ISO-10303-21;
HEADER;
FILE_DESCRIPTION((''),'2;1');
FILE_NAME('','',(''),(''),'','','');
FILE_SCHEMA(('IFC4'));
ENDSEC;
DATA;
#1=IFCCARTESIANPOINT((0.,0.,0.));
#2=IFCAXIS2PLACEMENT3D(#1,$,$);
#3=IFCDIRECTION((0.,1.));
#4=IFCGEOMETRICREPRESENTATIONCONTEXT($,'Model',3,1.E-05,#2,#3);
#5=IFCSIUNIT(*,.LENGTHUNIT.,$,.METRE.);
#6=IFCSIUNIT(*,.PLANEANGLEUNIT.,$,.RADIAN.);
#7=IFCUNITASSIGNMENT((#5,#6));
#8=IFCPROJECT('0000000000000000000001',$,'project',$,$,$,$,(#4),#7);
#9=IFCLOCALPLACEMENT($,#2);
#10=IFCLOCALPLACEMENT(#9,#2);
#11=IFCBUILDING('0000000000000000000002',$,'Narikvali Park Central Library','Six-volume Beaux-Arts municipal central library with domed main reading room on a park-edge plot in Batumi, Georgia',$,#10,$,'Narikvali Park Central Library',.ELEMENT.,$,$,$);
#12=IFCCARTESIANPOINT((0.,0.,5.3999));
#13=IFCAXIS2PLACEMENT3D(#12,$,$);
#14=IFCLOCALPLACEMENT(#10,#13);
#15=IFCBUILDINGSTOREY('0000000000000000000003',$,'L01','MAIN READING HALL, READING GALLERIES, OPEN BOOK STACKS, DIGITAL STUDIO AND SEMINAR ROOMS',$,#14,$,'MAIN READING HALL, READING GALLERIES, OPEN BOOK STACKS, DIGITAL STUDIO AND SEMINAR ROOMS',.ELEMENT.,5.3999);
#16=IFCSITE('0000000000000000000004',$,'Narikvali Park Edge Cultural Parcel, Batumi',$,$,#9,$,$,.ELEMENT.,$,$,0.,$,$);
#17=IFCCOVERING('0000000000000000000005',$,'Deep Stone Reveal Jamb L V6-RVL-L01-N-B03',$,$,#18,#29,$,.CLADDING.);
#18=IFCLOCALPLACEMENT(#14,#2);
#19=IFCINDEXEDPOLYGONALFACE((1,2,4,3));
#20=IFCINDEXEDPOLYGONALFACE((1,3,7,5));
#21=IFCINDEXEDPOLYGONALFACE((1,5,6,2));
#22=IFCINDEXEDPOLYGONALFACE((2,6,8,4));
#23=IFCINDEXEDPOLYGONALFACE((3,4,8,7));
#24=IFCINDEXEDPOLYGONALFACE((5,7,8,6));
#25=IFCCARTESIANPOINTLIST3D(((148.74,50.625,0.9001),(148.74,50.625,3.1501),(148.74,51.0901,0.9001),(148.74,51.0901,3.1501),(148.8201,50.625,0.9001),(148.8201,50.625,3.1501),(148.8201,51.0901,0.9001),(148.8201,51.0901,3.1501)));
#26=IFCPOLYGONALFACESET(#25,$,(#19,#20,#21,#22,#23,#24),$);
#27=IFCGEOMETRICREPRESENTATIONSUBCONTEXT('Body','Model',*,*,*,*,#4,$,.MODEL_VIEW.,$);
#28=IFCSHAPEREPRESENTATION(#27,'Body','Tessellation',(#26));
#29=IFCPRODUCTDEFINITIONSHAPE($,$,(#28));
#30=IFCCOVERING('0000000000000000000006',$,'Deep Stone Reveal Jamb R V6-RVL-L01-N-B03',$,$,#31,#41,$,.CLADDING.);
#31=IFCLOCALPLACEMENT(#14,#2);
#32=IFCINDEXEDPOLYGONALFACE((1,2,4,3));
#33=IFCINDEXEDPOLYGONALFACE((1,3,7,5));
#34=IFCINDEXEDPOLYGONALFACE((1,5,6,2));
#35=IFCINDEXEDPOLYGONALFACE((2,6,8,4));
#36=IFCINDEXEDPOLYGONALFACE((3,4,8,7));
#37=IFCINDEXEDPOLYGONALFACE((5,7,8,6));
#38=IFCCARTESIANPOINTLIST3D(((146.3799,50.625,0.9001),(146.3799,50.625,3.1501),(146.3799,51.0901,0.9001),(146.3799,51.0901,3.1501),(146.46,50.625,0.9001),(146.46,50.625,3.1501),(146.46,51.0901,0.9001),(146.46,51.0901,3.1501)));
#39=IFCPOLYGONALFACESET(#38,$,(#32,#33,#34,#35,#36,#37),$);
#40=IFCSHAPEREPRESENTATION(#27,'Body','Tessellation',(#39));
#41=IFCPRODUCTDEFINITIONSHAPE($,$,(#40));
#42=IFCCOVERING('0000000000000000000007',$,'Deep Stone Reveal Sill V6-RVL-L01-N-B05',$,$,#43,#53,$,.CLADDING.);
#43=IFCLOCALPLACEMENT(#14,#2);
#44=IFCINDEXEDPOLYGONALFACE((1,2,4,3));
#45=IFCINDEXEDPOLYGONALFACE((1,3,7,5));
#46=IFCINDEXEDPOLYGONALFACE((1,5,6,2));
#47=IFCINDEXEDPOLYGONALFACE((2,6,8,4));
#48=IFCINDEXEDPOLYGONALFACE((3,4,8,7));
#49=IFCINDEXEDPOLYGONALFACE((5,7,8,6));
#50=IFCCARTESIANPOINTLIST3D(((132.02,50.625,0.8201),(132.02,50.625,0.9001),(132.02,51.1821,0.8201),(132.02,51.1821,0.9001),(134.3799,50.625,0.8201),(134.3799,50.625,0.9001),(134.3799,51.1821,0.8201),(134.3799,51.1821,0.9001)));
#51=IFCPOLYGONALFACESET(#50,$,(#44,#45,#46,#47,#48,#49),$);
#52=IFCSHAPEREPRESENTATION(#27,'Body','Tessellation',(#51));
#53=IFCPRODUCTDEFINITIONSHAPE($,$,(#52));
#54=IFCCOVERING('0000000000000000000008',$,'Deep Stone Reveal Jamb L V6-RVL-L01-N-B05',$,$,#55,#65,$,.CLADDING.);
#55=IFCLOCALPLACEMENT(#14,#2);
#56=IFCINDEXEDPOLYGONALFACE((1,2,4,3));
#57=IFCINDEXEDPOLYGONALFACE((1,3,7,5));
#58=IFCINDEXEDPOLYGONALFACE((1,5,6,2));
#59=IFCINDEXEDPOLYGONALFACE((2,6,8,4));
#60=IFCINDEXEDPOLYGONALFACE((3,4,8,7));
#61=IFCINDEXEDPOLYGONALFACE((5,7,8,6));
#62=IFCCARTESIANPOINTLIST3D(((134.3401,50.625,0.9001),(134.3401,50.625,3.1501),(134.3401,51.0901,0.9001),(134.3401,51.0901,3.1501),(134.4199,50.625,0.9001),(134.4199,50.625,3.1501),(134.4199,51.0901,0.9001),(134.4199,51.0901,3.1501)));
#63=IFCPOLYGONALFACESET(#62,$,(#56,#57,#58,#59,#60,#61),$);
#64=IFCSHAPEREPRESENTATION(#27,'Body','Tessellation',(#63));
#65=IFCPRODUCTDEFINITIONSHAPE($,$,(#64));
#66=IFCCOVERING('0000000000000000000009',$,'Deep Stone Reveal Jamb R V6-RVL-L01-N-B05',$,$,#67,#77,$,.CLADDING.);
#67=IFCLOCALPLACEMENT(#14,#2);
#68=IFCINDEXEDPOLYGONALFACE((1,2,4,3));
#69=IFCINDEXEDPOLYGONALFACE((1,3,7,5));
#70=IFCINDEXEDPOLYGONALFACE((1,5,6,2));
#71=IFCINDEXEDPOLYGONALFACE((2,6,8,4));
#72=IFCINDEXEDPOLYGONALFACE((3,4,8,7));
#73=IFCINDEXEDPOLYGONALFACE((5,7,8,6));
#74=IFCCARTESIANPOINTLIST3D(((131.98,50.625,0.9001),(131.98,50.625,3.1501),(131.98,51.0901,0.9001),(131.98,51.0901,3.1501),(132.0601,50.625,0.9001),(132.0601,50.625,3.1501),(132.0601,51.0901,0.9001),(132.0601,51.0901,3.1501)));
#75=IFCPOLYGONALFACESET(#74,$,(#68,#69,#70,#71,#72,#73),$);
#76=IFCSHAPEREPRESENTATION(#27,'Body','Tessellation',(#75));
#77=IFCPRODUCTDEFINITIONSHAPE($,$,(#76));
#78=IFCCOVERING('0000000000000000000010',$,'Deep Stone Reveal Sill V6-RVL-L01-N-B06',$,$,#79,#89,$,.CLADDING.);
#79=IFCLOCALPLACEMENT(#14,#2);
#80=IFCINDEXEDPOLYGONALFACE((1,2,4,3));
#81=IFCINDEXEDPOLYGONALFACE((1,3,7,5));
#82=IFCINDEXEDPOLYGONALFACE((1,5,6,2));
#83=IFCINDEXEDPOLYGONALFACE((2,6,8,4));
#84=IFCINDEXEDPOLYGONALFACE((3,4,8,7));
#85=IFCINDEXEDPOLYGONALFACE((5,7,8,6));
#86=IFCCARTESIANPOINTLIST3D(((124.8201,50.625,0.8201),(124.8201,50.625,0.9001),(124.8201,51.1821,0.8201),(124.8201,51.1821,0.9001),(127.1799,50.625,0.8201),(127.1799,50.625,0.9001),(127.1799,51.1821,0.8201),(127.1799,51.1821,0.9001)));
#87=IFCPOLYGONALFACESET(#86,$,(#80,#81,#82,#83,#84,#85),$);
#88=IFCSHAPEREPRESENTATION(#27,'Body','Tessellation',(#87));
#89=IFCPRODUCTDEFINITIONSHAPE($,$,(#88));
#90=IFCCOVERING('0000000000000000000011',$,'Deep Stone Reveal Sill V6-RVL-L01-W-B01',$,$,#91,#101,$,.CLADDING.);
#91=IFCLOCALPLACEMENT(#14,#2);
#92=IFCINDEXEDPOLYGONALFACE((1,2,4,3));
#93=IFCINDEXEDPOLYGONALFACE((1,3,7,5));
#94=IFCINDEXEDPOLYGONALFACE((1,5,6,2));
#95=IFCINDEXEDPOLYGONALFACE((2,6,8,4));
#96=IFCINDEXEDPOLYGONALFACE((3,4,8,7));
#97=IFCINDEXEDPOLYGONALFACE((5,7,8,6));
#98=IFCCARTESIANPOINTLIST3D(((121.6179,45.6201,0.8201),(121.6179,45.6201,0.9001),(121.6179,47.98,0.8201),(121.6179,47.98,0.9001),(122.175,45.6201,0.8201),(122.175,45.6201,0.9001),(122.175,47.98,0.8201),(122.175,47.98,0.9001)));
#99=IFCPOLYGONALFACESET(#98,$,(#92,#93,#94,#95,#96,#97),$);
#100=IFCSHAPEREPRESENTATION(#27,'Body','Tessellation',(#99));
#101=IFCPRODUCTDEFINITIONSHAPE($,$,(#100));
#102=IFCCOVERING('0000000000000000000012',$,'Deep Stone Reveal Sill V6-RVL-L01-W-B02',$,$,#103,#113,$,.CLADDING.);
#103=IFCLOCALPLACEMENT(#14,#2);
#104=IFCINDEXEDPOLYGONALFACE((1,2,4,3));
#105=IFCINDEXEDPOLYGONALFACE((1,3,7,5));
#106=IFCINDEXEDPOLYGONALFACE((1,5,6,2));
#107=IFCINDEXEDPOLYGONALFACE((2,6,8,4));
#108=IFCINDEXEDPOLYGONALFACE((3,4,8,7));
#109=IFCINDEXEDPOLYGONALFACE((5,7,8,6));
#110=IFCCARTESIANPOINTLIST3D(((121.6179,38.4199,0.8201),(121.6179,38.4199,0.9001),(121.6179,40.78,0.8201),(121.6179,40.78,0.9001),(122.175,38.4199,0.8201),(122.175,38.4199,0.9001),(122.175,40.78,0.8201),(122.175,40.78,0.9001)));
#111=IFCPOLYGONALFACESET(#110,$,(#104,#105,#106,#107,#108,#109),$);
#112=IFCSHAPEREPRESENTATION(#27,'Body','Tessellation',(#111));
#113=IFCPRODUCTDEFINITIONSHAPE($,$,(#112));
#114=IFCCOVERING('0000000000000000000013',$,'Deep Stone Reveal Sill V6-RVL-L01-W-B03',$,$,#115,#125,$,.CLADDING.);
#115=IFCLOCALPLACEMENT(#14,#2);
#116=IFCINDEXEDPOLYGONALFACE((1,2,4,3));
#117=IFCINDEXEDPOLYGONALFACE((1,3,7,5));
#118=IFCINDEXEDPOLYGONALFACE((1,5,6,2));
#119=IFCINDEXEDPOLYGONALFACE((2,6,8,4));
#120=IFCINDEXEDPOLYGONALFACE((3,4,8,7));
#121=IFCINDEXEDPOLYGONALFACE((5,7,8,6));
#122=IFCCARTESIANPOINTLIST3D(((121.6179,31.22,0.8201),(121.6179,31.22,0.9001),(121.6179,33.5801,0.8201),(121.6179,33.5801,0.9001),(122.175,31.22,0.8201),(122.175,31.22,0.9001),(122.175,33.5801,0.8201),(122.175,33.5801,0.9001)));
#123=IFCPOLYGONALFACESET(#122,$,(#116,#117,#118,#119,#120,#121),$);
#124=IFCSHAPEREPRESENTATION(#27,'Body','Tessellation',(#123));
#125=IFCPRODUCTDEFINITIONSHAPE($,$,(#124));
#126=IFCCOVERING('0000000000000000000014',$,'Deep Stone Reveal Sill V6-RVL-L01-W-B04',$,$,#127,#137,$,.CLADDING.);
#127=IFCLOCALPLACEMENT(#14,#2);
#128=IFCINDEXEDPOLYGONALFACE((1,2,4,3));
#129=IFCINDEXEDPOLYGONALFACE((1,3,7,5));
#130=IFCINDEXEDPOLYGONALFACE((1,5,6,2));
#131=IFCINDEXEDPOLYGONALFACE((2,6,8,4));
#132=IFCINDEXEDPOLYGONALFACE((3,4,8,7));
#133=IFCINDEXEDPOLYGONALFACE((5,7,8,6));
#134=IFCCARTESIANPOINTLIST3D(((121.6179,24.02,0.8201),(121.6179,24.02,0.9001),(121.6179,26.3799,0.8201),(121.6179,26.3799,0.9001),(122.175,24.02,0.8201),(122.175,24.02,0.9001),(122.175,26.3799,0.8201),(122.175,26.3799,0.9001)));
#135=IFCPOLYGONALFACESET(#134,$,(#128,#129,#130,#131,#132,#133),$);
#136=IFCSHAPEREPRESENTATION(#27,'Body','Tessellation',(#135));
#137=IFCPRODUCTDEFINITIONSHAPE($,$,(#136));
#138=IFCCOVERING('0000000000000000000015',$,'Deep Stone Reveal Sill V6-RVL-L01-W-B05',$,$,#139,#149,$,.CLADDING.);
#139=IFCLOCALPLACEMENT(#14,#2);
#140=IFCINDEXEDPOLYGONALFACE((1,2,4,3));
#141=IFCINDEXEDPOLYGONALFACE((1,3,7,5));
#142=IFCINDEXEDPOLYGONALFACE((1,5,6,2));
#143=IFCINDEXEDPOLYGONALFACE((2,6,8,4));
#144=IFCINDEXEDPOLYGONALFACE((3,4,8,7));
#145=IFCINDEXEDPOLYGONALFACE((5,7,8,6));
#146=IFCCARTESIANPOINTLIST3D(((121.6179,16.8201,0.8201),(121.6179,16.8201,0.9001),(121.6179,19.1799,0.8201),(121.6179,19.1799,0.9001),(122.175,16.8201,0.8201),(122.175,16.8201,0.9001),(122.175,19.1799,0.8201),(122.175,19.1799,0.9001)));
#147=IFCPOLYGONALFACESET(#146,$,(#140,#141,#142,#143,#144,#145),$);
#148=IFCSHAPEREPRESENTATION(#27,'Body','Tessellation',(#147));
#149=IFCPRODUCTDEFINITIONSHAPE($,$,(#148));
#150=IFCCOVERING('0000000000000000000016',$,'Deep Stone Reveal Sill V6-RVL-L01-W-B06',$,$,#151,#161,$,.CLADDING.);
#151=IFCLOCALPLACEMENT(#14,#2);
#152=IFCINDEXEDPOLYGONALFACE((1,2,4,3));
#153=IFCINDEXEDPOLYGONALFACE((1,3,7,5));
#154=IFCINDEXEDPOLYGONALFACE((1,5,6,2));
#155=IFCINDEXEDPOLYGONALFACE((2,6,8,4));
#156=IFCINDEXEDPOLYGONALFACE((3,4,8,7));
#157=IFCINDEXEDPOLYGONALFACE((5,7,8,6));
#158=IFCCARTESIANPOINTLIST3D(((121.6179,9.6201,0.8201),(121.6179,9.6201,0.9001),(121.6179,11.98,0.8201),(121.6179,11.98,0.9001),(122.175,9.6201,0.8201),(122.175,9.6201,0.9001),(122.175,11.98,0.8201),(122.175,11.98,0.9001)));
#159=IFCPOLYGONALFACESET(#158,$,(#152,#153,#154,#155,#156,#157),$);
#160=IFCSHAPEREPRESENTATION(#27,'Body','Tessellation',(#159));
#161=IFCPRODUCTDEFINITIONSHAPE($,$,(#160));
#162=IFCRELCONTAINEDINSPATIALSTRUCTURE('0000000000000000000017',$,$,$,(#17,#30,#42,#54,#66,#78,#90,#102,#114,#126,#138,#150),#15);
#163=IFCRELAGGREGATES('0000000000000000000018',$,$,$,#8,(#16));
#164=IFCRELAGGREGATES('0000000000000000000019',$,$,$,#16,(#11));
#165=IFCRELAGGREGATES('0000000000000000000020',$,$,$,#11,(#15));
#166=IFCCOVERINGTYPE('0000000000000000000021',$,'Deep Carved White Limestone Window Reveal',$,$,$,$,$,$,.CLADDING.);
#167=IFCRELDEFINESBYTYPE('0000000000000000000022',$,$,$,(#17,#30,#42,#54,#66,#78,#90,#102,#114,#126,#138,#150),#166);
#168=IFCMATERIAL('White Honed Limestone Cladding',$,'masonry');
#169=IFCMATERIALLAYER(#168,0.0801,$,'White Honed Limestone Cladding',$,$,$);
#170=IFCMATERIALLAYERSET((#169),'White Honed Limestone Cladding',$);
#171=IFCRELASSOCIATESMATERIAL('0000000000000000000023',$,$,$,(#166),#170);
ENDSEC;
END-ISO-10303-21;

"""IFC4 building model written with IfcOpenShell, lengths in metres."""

from ifc_helpers import new_model, si_unit, direction, frame, origin, place, context, subcontext, project, spatial, polyline, outline, extrude, material, layer, layer_set, type_object, element, save


model = new_model("IFC4")

# Units and contexts
model_context = context("Model", 3, precision=1e-05, world=origin(), true_north=direction((0.0, 1.0)))
body_context = subcontext(model_context, "Body", "Model", "MODEL_VIEW")
ifc_project = project(units=[si_unit("LENGTHUNIT", "METRE"), si_unit("PLANEANGLEUNIT", "RADIAN")], contexts=[model_context])

# Site, building, storey
site_placement = place(None, origin())
site = spatial("IfcSite", under=ifc_project, at=site_placement, Name="Narikvali Park Edge Cultural Parcel, Batumi", CompositionType="ELEMENT", RefElevation=0.0)
building_placement = place(site_placement, origin())
building = spatial("IfcBuilding", under=site, at=building_placement, Name="Narikvali Park Central Library", Description="Six-volume Beaux-Arts municipal central library with domed main reading room on a park-edge plot in Batumi, Georgia", LongName="Narikvali Park Central Library", CompositionType="ELEMENT")
storey_placement = place(building_placement, frame((0.0, 0.0, 5.3999)))
storey = spatial("IfcBuildingStorey", under=building, at=storey_placement, Name="L01", Description="MAIN READING HALL, READING GALLERIES, OPEN BOOK STACKS, DIGITAL STUDIO AND SEMINAR ROOMS", LongName="MAIN READING HALL, READING GALLERIES, OPEN BOOK STACKS, DIGITAL STUDIO AND SEMINAR ROOMS", CompositionType="ELEMENT", Elevation=5.3999)

# Coverings
ifc_material = material(Name="White Honed Limestone Cladding", Category="masonry")
ifc_layer = layer(ifc_material, 0.0801, Name="White Honed Limestone Cladding")
ifc_layer_set = layer_set([ifc_layer], Name="White Honed Limestone Cladding")
covering_type = type_object("IfcCoveringType", Name="Deep Carved White Limestone Window Reveal", PredefinedType="CLADDING", material=ifc_layer_set)
covering_1_placement = place(storey_placement, frame((0.0, 0.0, 0.9001)))
element("IfcCovering", 1, at=covering_1_placement, inside=storey, type_object=covering_type, Name="Deep Stone Reveal Jamb L V6-RVL-L01-N-B03", PredefinedType="CLADDING", context=body_context, shape_type="SweptSolid", body=[
    extrude(outline(polyline([(148.8201, 50.625), (148.74, 50.625), (148.74, 51.0901), (148.8201, 51.0901), (148.8201, 50.625)])), origin(), (0.0, 0.0, 1.0), 2.25),
])
covering_2_placement = place(storey_placement, frame((0.0, 0.0, 0.9001)))
element("IfcCovering", 2, at=covering_2_placement, inside=storey, type_object=covering_type, Name="Deep Stone Reveal Jamb R V6-RVL-L01-N-B03", PredefinedType="CLADDING", context=body_context, shape_type="SweptSolid", body=[
    extrude(outline(polyline([(146.46, 50.625), (146.3799, 50.625), (146.3799, 51.0901), (146.46, 51.0901), (146.46, 50.625)])), origin(), (0.0, 0.0, 1.0), 2.25),
])
covering_3_placement = place(storey_placement, frame((0.0, 0.0, 0.8201)))
element("IfcCovering", 3, at=covering_3_placement, inside=storey, type_object=covering_type, Name="Deep Stone Reveal Sill V6-RVL-L01-N-B05", PredefinedType="CLADDING", context=body_context, shape_type="SweptSolid", body=[
    extrude(outline(polyline([(134.3799, 50.625), (132.02, 50.625), (132.02, 51.1821), (134.3799, 51.1821), (134.3799, 50.625)])), origin(), (0.0, 0.0, 1.0), 0.0801),
])
covering_4_placement = place(storey_placement, frame((0.0, 0.0, 0.9001)))
element("IfcCovering", 4, at=covering_4_placement, inside=storey, type_object=covering_type, Name="Deep Stone Reveal Jamb L V6-RVL-L01-N-B05", PredefinedType="CLADDING", context=body_context, shape_type="SweptSolid", body=[
    extrude(outline(polyline([(134.4199, 50.625), (134.3401, 50.625), (134.3401, 51.0901), (134.4199, 51.0901), (134.4199, 50.625)])), origin(), (0.0, 0.0, 1.0), 2.25),
])
covering_5_placement = place(storey_placement, frame((0.0, 0.0, 0.9001)))
element("IfcCovering", 5, at=covering_5_placement, inside=storey, type_object=covering_type, Name="Deep Stone Reveal Jamb R V6-RVL-L01-N-B05", PredefinedType="CLADDING", context=body_context, shape_type="SweptSolid", body=[
    extrude(outline(polyline([(132.0601, 50.625), (131.98, 50.625), (131.98, 51.0901), (132.0601, 51.0901), (132.0601, 50.625)])), origin(), (0.0, 0.0, 1.0), 2.25),
])
covering_6_placement = place(storey_placement, frame((0.0, 0.0, 0.8201)))
element("IfcCovering", 6, at=covering_6_placement, inside=storey, type_object=covering_type, Name="Deep Stone Reveal Sill V6-RVL-L01-N-B06", PredefinedType="CLADDING", context=body_context, shape_type="SweptSolid", body=[
    extrude(outline(polyline([(127.1799, 50.625), (124.8201, 50.625), (124.8201, 51.1821), (127.1799, 51.1821), (127.1799, 50.625)])), origin(), (0.0, 0.0, 1.0), 0.0801),
])
covering_7_placement = place(storey_placement, frame((0.0, 0.0, 0.8201)))
element("IfcCovering", 7, at=covering_7_placement, inside=storey, type_object=covering_type, Name="Deep Stone Reveal Sill V6-RVL-L01-W-B01", PredefinedType="CLADDING", context=body_context, shape_type="SweptSolid", body=[
    extrude(outline(polyline([(122.175, 47.98), (122.175, 45.6201), (121.6179, 45.6201), (121.6179, 47.98), (122.175, 47.98)])), origin(), (0.0, 0.0, 1.0), 0.0801),
])
covering_8_placement = place(storey_placement, frame((0.0, 0.0, 0.8201)))
element("IfcCovering", 8, at=covering_8_placement, inside=storey, type_object=covering_type, Name="Deep Stone Reveal Sill V6-RVL-L01-W-B02", PredefinedType="CLADDING", context=body_context, shape_type="SweptSolid", body=[
    extrude(outline(polyline([(122.175, 40.78), (122.175, 38.4199), (121.6179, 38.4199), (121.6179, 40.78), (122.175, 40.78)])), origin(), (0.0, 0.0, 1.0), 0.0801),
])
covering_9_placement = place(storey_placement, frame((0.0, 0.0, 0.8201)))
element("IfcCovering", 9, at=covering_9_placement, inside=storey, type_object=covering_type, Name="Deep Stone Reveal Sill V6-RVL-L01-W-B03", PredefinedType="CLADDING", context=body_context, shape_type="SweptSolid", body=[
    extrude(outline(polyline([(122.175, 33.5801), (122.175, 31.22), (121.6179, 31.22), (121.6179, 33.5801), (122.175, 33.5801)])), origin(), (0.0, 0.0, 1.0), 0.0801),
])
covering_10_placement = place(storey_placement, frame((0.0, 0.0, 0.8201)))
element("IfcCovering", 10, at=covering_10_placement, inside=storey, type_object=covering_type, Name="Deep Stone Reveal Sill V6-RVL-L01-W-B04", PredefinedType="CLADDING", context=body_context, shape_type="SweptSolid", body=[
    extrude(outline(polyline([(122.175, 26.3799), (122.175, 24.02), (121.6179, 24.02), (121.6179, 26.3799), (122.175, 26.3799)])), origin(), (0.0, 0.0, 1.0), 0.0801),
])
covering_11_placement = place(storey_placement, frame((0.0, 0.0, 0.8201)))
element("IfcCovering", 11, at=covering_11_placement, inside=storey, type_object=covering_type, Name="Deep Stone Reveal Sill V6-RVL-L01-W-B05", PredefinedType="CLADDING", context=body_context, shape_type="SweptSolid", body=[
    extrude(outline(polyline([(122.175, 19.1799), (122.175, 16.8201), (121.6179, 16.8201), (121.6179, 19.1799), (122.175, 19.1799)])), origin(), (0.0, 0.0, 1.0), 0.0801),
])
covering_12_placement = place(storey_placement, frame((0.0, 0.0, 0.8201)))
element("IfcCovering", 12, at=covering_12_placement, inside=storey, type_object=covering_type, Name="Deep Stone Reveal Sill V6-RVL-L01-W-B06", PredefinedType="CLADDING", context=body_context, shape_type="SweptSolid", body=[
    extrude(outline(polyline([(122.175, 11.98), (122.175, 9.6201), (121.6179, 9.6201), (121.6179, 11.98), (122.175, 11.98)])), origin(), (0.0, 0.0, 1.0), 0.0801),
])

save(model, "model.ifc")
